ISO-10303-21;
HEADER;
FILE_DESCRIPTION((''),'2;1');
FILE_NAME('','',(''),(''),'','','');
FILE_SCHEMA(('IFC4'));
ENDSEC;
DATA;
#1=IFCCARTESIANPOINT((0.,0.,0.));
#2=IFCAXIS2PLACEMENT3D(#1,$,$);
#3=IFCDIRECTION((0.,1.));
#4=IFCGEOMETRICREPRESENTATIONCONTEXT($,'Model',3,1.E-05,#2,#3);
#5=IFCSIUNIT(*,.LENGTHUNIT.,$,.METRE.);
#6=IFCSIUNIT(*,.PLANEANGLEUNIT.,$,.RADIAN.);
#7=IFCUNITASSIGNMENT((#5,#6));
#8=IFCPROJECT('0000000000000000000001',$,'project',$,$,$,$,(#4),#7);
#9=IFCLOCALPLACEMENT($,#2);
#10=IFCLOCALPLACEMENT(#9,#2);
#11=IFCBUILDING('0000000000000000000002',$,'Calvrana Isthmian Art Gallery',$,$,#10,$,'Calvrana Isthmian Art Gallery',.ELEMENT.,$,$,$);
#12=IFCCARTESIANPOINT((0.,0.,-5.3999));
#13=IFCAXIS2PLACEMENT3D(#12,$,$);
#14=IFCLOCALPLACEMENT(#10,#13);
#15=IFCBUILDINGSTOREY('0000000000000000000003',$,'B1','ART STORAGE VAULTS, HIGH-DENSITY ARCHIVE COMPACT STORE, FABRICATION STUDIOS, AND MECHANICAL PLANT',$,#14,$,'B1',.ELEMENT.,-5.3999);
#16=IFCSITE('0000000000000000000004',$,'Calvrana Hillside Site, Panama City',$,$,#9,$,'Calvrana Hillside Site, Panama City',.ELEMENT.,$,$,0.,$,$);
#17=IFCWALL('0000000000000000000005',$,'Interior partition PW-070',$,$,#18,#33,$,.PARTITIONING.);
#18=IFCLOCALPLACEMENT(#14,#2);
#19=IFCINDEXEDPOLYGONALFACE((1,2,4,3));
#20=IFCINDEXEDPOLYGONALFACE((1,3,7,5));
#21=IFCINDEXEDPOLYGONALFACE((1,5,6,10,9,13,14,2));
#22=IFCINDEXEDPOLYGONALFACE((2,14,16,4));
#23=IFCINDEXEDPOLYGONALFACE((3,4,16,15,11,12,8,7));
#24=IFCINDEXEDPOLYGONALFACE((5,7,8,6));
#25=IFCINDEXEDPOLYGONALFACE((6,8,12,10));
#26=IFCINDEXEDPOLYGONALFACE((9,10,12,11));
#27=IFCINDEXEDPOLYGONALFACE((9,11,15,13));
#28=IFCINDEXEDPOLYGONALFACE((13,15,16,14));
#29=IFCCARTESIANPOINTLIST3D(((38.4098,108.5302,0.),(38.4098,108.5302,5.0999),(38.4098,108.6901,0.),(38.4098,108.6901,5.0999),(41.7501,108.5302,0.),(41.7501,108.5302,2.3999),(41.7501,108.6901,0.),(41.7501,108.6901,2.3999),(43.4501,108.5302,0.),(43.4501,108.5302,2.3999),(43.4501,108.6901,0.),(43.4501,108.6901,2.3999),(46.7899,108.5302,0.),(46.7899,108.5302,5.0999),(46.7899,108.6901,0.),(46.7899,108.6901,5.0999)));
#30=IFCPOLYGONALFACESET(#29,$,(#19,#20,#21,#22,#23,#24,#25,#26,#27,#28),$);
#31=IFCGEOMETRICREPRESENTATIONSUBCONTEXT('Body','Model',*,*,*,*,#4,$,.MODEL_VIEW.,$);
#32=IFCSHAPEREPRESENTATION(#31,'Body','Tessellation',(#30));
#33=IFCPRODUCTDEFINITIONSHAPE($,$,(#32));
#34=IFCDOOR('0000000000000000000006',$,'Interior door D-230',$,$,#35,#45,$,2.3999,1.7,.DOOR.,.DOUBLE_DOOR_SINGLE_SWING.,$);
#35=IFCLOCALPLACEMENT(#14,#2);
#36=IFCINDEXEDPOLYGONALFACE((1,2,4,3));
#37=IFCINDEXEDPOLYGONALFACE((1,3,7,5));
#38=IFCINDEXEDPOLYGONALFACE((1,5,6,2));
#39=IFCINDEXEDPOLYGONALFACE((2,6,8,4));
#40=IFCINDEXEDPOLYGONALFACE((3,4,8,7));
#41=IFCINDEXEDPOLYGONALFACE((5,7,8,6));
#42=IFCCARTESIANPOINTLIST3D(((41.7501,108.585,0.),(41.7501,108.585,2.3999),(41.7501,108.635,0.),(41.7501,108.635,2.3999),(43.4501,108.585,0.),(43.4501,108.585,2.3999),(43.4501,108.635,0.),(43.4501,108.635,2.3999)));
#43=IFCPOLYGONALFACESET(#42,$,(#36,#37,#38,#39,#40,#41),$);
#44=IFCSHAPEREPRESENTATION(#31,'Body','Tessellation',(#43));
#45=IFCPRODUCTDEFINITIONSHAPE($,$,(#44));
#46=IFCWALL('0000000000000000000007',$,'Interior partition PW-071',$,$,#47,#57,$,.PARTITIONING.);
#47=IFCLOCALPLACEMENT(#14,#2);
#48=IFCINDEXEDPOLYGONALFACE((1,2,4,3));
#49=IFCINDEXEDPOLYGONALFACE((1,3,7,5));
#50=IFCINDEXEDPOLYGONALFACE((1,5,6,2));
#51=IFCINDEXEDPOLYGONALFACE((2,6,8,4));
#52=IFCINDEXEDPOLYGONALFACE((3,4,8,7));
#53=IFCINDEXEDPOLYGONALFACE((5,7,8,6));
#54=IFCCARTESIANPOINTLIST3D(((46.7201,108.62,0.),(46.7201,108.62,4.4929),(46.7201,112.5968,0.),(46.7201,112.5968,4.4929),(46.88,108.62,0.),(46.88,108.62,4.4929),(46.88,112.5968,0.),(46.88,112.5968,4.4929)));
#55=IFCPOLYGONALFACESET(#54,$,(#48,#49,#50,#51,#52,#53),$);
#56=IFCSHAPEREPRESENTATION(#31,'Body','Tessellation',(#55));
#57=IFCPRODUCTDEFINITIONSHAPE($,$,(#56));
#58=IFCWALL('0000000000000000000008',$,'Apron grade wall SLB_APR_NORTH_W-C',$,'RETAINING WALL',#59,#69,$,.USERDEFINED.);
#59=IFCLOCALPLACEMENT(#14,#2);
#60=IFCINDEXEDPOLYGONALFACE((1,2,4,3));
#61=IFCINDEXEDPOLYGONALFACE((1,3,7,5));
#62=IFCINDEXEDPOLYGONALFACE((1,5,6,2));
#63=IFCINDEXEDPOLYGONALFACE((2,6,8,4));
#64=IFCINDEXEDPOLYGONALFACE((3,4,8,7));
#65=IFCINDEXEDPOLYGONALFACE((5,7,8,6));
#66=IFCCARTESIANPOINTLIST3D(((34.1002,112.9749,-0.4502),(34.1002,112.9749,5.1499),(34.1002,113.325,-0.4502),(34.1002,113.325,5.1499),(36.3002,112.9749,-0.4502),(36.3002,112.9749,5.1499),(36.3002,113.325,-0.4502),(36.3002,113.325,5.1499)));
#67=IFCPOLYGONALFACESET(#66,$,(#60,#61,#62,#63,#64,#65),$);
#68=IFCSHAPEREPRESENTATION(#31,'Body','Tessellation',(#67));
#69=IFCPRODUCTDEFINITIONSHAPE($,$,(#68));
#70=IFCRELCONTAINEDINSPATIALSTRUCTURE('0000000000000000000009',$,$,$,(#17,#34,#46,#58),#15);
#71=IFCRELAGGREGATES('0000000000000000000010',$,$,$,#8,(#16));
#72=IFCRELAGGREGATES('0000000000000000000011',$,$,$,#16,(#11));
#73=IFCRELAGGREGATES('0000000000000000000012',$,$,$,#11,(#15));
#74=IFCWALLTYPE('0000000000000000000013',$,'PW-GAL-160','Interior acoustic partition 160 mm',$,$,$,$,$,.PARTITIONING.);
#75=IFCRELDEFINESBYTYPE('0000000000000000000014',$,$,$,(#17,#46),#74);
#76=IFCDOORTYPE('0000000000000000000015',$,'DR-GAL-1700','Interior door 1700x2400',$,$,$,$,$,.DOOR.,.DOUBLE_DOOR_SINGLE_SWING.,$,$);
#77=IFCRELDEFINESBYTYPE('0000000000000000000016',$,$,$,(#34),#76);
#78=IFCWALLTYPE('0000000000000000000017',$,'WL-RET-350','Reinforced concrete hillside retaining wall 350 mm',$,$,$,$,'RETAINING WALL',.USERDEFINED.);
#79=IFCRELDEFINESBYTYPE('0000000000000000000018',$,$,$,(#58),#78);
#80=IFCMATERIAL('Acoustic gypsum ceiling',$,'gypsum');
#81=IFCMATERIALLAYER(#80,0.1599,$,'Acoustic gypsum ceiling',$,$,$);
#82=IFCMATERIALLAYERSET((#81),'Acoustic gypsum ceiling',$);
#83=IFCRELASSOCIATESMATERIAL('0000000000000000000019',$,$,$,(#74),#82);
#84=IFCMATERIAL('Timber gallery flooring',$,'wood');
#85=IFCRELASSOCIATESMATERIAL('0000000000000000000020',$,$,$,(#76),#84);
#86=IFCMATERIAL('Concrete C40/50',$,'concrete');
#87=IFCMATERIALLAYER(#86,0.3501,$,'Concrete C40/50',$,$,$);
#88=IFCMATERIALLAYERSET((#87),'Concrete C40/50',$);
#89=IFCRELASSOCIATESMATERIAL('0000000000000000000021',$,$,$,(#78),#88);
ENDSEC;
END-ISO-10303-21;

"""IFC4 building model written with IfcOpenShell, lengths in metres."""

from ifc_helpers import new_model, si_unit, direction, frame, frame_2d, origin, place, context, subcontext, project, spatial, rectangle, extrude, material, layer, layer_set, type_object, element, fill, save


model = new_model("IFC4")

# Units and contexts
model_context = context("Model", 3, precision=1e-05, world=origin(), true_north=direction((0.0, 1.0)))
body_context = subcontext(model_context, "Body", "Model", "MODEL_VIEW")
ifc_project = project(units=[si_unit("LENGTHUNIT", "METRE"), si_unit("PLANEANGLEUNIT", "RADIAN")], contexts=[model_context])

# Site, building, storey
site_placement = place(None, origin())
site = spatial("IfcSite", under=ifc_project, at=site_placement, Name="Calvrana Hillside Site, Panama City", LongName="Calvrana Hillside Site, Panama City", CompositionType="ELEMENT", RefElevation=0.0)
building_placement = place(site_placement, origin())
building = spatial("IfcBuilding", under=site, at=building_placement, Name="Calvrana Isthmian Art Gallery", LongName="Calvrana Isthmian Art Gallery", CompositionType="ELEMENT")
storey_placement = place(building_placement, frame((0.0, 0.0, -5.3999)))
storey = spatial("IfcBuildingStorey", under=building, at=storey_placement, Name="B1", Description="ART STORAGE VAULTS, HIGH-DENSITY ARCHIVE COMPACT STORE, FABRICATION STUDIOS, AND MECHANICAL PLANT", LongName="B1", CompositionType="ELEMENT", Elevation=-5.3999)

# Shared definitions
ifc_material_1 = material(Name="Acoustic gypsum ceiling", Category="gypsum")

# Wall, opening, door
ifc_layer_1 = layer(ifc_material_1, 0.1599, Name="Acoustic gypsum ceiling")
ifc_layer_set_1 = layer_set([ifc_layer_1], Name="Acoustic gypsum ceiling")
wall_type_1 = type_object("IfcWallType", Name="PW-GAL-160", Description="Interior acoustic partition 160 mm", PredefinedType="PARTITIONING", material=ifc_layer_set_1)
ifc_material_2 = material(Name="Timber gallery flooring", Category="wood")
wall_1_placement = place(storey_placement, frame((38.4099, 108.6101, 0.0), z_axis=(0.0, 0.0, 1.0), x_axis=(1.0, 0.0, 0.0)))
wall_1 = element("IfcWall", 1, at=wall_1_placement, inside=storey, type_object=wall_type_1, Name="Interior partition PW-070", PredefinedType="PARTITIONING", context=body_context, shape_type="SweptSolid", body=[
    extrude(rectangle(XDim=8.3801, YDim=0.1599, at=frame_2d((4.1899, 0.0))), origin(), (0.0, 0.0, 1.0), 5.0999),
])
opening_1_placement = place(wall_1_placement, frame((3.3401, 0.0, 0.0)))
opening_1 = element("IfcOpeningElement", 2, at=opening_1_placement, cuts=wall_1, PredefinedType="OPENING", context=body_context, shape_type="SweptSolid", body=[
    extrude(rectangle(XDim=1.7, YDim=2.3999, at=frame_2d((0.8501, 1.2))), frame((0.0, 0.0903, 0.0), z_axis=(0.0, -1.0, 0.0), x_axis=(1.0, 0.0, 0.0)), (0.0, 0.0, 1.0), 0.1804),
])
door_type_1 = type_object("IfcDoorType", Name="DR-GAL-1700", Description="Interior door 1700x2400", OperationType="DOUBLE_DOOR_SINGLE_SWING", PredefinedType="DOOR", material=ifc_material_2)
door_1_placement = place(opening_1_placement, origin())
door_1 = element("IfcDoor", 3, at=door_1_placement, inside=storey, type_object=door_type_1, Name="Interior door D-230", OperationType="DOUBLE_DOOR_SINGLE_SWING", OverallHeight=2.3999, OverallWidth=1.7, PredefinedType="DOOR", context=body_context, shape_type="SweptSolid", body=[
    extrude(rectangle(XDim=1.7, YDim=2.3999, at=frame_2d((0.8501, 1.2))), frame((0.0, 0.0249, 0.0), z_axis=(0.0, -1.0, 0.0), x_axis=(1.0, 0.0, 0.0)), (0.0, 0.0, 1.0), 0.05),
])
fill(opening_1, door_1)

# Walls
wall_2_placement = place(storey_placement, frame((46.8, 108.6201, 0.0), z_axis=(0.0, 0.0, 1.0), x_axis=(0.0, 1.0, 0.0)))
element("IfcWall", 4, at=wall_2_placement, inside=storey, type_object=wall_type_1, Name="Interior partition PW-071", PredefinedType="PARTITIONING", context=body_context, shape_type="SweptSolid", body=[
    extrude(rectangle(XDim=3.9768, YDim=0.1599, at=frame_2d((1.9883, 0.0))), origin(), (0.0, 0.0, 1.0), 4.4929),
])
ifc_material_3 = material(Name="Concrete C40/50", Category="concrete")
ifc_layer_2 = layer(ifc_material_3, 0.3501, Name="Concrete C40/50")
ifc_layer_set_2 = layer_set([ifc_layer_2], Name="Concrete C40/50")
wall_type_2 = type_object("IfcWallType", Name="WL-RET-350", Description="Reinforced concrete hillside retaining wall 350 mm", ElementType="RETAINING WALL", PredefinedType="USERDEFINED", material=ifc_layer_set_2)
wall_3_placement = place(storey_placement, frame((34.1001, 113.1499, -0.4502), z_axis=(0.0, 0.0, 1.0), x_axis=(1.0, 0.0, 0.0)))
element("IfcWall", 5, at=wall_3_placement, inside=storey, type_object=wall_type_2, Name="Apron grade wall SLB_APR_NORTH_W-C", ObjectType="RETAINING WALL", PredefinedType="USERDEFINED", context=body_context, shape_type="SweptSolid", body=[
    extrude(rectangle(XDim=2.2, YDim=0.3501, at=frame_2d((1.1001, 0.0))), origin(), (0.0, 0.0, 1.0), 5.6001),
])

save(model, "model.ifc")
